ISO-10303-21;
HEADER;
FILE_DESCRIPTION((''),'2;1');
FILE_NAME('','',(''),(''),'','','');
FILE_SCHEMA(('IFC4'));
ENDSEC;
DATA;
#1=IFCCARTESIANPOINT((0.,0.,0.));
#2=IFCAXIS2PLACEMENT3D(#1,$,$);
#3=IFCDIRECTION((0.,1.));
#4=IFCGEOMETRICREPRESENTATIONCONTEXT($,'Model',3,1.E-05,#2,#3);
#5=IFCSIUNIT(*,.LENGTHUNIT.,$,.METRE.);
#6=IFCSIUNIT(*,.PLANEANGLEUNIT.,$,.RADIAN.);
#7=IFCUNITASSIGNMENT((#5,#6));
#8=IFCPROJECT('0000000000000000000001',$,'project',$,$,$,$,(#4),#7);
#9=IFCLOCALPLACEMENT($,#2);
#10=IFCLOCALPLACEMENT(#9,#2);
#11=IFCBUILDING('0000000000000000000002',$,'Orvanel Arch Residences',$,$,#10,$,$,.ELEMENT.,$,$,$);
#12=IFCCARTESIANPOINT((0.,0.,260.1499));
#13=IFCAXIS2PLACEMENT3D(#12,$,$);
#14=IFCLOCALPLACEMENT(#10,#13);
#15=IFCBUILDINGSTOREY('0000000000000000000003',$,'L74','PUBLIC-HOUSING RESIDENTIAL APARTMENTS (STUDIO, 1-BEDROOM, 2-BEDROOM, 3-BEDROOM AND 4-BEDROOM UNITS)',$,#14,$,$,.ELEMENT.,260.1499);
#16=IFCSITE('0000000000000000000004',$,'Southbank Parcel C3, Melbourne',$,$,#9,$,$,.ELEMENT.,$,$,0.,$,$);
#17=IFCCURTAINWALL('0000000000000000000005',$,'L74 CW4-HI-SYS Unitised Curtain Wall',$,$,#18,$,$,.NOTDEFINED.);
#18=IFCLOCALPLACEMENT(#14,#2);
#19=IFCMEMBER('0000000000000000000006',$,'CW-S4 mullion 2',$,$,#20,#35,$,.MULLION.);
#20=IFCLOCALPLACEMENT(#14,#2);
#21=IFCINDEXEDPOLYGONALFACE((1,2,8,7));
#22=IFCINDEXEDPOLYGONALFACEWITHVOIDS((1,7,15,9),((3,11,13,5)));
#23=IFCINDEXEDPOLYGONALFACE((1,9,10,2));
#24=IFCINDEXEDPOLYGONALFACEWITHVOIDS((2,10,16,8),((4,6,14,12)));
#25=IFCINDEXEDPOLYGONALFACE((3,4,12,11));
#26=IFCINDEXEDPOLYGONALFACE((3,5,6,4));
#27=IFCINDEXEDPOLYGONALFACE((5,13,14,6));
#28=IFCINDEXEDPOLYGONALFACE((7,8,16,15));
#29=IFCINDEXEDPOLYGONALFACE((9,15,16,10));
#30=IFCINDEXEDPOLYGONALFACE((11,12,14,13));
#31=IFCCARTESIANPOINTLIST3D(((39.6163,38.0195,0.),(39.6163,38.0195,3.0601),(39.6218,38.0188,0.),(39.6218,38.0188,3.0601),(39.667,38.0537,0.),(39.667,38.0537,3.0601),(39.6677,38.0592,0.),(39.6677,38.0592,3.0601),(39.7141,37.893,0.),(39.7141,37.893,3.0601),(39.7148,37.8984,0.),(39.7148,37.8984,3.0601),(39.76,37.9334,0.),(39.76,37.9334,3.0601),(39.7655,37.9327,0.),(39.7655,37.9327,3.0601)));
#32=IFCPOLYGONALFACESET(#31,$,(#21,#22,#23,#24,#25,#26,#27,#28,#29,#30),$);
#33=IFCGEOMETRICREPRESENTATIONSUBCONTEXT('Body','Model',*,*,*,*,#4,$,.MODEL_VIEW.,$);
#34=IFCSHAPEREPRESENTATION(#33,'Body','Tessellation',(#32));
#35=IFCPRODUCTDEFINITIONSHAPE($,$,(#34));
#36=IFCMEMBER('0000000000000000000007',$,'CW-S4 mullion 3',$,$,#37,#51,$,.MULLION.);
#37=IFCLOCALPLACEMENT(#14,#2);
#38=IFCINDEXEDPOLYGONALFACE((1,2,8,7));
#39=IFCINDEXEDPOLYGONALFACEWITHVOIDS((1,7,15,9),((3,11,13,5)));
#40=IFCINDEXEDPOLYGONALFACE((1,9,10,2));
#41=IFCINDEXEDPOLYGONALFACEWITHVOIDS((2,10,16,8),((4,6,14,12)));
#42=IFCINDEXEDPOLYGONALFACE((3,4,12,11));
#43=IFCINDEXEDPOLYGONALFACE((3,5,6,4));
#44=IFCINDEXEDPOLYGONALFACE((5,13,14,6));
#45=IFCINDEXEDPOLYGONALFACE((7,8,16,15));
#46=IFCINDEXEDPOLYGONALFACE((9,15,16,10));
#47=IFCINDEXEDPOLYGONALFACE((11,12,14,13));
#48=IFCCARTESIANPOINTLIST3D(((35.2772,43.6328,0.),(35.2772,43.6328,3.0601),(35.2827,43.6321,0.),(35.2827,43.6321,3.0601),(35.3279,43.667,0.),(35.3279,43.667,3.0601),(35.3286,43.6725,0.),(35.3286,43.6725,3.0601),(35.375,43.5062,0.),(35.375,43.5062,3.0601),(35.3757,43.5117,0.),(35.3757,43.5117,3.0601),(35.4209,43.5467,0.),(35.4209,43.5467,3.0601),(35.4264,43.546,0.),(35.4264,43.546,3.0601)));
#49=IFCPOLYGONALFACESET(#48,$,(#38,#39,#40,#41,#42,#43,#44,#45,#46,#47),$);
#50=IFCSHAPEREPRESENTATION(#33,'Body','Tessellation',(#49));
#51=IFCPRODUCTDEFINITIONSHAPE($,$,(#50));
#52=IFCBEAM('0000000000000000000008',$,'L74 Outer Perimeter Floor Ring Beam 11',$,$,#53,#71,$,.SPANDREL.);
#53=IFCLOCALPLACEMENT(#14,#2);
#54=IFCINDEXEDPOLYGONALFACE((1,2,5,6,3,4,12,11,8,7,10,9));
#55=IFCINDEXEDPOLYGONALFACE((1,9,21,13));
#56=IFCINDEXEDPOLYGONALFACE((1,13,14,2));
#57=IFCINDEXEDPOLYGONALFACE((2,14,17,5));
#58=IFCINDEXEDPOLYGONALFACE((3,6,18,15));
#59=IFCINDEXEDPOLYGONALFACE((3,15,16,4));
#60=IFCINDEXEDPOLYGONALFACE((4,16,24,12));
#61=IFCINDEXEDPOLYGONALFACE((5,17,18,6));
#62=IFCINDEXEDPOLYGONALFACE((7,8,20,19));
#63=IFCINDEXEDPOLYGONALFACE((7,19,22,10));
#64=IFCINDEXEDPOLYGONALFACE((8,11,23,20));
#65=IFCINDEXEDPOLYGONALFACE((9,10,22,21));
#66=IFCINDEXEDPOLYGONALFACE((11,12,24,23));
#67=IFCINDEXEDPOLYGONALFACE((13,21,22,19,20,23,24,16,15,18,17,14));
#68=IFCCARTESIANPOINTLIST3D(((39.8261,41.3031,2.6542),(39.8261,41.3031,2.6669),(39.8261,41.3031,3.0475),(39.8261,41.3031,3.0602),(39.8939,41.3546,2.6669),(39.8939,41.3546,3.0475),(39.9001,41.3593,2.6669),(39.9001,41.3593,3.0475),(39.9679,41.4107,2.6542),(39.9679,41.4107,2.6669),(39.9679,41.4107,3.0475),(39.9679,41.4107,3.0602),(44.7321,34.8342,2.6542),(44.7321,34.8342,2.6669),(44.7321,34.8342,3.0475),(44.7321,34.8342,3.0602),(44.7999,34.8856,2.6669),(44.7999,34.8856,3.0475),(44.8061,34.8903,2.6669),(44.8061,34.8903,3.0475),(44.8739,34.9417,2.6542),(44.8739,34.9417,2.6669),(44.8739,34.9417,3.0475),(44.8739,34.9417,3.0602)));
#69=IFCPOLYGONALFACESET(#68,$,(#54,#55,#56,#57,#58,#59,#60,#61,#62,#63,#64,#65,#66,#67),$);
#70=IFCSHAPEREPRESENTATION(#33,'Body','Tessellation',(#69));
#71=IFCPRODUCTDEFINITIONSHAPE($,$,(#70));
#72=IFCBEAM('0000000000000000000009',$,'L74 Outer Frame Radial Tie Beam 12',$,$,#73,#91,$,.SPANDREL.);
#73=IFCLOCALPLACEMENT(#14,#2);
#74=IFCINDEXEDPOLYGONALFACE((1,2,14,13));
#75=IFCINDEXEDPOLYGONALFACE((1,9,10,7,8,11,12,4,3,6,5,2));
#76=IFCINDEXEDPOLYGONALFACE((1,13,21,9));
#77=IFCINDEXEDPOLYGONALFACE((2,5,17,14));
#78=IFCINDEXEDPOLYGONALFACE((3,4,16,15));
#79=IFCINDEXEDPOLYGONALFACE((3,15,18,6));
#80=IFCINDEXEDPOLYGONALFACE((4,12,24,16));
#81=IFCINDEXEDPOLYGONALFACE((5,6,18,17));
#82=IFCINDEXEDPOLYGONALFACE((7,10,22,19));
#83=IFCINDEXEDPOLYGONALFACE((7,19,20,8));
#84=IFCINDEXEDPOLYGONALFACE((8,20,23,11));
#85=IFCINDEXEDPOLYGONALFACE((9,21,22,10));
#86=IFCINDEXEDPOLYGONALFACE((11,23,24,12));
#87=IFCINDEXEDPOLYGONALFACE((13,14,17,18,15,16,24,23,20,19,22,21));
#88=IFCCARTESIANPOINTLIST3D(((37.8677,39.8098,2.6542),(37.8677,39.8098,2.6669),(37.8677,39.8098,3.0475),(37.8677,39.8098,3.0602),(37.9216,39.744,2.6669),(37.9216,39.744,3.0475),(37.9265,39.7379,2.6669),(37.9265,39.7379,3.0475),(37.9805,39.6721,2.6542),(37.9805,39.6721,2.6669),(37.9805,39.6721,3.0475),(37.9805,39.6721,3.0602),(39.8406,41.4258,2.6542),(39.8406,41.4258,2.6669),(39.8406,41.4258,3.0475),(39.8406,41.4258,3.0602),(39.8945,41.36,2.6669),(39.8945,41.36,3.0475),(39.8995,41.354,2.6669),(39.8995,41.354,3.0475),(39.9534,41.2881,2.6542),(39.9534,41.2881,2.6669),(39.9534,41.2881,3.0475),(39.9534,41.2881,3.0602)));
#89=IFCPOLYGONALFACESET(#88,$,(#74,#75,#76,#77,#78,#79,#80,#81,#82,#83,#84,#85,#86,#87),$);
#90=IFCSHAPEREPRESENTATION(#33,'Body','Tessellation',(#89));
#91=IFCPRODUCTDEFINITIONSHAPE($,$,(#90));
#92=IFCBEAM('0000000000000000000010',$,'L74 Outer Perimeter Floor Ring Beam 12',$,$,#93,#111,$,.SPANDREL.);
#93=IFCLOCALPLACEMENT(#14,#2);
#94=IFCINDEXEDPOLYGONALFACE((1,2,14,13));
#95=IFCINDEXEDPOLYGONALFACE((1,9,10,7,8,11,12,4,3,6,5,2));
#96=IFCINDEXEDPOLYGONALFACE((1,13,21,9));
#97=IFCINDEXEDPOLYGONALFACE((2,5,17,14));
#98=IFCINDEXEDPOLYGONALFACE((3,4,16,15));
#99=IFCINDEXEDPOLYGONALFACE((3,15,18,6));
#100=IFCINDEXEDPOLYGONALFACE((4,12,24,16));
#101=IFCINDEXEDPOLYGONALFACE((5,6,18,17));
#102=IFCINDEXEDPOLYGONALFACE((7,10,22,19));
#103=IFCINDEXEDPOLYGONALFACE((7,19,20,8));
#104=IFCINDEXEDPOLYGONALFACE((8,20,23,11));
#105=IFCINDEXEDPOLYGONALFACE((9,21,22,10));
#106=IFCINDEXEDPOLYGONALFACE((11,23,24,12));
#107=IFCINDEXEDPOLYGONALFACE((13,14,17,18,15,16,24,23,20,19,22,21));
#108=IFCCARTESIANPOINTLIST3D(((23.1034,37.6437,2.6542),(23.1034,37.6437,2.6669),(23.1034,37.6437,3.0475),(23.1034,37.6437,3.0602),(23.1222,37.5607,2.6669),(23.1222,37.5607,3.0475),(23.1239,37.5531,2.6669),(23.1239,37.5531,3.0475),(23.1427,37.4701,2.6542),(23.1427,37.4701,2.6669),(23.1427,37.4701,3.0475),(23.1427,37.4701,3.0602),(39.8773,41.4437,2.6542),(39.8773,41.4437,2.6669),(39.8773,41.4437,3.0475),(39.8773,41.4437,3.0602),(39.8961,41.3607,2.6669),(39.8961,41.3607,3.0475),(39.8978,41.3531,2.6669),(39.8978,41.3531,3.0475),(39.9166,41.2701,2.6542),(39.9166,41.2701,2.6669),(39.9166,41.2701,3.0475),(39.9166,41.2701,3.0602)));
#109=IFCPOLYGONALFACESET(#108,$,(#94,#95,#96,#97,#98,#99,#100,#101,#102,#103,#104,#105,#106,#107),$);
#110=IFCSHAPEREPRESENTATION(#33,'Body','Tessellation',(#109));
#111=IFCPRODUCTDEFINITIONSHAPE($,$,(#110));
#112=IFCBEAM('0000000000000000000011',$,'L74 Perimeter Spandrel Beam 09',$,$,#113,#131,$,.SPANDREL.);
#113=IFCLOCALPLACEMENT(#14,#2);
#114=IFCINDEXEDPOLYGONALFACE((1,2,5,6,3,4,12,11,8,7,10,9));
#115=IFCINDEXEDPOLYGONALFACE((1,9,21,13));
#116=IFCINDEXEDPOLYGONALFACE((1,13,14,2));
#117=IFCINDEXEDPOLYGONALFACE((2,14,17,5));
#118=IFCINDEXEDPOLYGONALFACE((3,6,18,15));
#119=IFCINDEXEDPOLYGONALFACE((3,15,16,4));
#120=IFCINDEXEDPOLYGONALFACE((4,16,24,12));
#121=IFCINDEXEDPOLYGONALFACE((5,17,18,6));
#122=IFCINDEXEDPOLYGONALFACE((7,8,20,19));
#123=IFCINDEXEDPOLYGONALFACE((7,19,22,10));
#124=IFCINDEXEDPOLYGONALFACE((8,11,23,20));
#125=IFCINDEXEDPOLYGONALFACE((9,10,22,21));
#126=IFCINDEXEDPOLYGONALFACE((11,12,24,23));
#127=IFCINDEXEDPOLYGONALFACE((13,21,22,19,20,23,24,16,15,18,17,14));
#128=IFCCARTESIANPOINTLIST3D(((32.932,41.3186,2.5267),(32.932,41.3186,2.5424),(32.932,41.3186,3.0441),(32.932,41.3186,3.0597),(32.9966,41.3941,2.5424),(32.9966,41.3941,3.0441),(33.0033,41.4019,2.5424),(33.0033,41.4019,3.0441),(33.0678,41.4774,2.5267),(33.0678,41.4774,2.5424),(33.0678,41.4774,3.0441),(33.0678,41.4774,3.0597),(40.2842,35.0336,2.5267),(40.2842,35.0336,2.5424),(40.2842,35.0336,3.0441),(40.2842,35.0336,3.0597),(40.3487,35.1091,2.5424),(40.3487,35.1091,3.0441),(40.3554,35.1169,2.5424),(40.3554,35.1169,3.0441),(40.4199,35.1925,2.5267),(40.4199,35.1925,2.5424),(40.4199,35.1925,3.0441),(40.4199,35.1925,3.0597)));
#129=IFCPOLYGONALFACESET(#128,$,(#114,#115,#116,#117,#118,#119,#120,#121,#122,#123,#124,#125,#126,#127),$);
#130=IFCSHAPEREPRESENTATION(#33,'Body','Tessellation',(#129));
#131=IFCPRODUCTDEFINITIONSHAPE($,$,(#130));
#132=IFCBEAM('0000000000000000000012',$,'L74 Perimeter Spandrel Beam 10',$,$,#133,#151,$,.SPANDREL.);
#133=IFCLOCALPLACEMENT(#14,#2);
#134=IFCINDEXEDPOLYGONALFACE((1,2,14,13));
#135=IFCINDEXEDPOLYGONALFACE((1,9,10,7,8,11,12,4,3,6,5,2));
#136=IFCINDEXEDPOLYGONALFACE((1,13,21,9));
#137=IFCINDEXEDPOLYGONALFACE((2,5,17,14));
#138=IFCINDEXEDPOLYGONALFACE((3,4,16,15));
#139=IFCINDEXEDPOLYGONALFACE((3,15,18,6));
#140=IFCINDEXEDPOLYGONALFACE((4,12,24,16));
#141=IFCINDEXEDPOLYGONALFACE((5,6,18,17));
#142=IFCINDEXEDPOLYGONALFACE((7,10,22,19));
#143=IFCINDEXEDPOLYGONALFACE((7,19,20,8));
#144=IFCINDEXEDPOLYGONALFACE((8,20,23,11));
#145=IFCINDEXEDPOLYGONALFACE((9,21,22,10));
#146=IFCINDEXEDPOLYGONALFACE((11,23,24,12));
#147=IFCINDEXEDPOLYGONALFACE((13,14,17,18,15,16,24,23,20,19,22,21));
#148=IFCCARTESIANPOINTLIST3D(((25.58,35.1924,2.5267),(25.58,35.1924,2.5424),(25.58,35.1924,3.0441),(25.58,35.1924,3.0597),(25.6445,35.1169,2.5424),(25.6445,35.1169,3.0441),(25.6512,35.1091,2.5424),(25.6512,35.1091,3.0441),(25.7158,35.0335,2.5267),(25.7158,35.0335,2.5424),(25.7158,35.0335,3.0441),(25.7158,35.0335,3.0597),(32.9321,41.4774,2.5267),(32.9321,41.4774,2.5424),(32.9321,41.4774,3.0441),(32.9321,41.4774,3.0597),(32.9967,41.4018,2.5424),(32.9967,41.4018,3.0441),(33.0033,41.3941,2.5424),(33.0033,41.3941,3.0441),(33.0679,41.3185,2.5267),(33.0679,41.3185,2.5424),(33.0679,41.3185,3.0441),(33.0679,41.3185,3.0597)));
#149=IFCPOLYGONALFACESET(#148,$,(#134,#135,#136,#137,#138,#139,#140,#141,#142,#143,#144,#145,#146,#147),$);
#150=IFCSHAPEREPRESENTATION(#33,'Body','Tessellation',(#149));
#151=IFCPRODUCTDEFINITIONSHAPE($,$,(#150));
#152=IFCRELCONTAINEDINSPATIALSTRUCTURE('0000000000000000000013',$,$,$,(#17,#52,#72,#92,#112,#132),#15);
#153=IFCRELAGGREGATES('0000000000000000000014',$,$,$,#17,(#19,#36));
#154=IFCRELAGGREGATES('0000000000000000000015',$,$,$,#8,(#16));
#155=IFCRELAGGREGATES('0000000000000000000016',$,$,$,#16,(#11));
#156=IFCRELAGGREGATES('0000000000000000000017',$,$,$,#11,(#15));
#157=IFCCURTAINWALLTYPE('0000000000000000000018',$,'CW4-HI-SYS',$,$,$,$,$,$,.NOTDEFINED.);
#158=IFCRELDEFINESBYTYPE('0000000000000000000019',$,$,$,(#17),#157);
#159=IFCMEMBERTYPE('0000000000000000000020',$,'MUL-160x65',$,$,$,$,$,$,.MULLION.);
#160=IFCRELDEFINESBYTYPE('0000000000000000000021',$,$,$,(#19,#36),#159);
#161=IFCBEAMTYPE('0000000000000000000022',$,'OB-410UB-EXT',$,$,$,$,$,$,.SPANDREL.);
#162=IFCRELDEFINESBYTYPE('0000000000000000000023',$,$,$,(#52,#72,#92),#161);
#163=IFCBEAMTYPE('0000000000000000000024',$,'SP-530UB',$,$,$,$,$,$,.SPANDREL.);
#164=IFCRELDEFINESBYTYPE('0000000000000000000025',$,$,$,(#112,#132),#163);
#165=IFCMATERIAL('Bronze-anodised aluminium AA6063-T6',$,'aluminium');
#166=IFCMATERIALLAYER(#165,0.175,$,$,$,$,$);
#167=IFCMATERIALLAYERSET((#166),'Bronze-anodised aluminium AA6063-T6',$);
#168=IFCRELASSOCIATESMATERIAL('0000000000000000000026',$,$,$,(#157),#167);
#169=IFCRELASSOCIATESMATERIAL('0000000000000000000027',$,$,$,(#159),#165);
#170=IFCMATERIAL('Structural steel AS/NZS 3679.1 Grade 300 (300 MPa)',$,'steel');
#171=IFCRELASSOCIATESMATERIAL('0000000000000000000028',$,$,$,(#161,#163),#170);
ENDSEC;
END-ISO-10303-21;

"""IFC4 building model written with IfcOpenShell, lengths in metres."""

from ifc_helpers import new_model, si_unit, direction, frame, origin, origin_2d, place, context, subcontext, project, spatial, hollow_rectangle, i_section, extrude, material, layer, layer_set, material_profile, profile_set, type_object, element, aggregate, save


model = new_model("IFC4")

# Units and contexts
model_context = context("Model", 3, precision=1e-05, world=origin(), true_north=direction((0.0, 1.0)))
body_context = subcontext(model_context, "Body", "Model", "MODEL_VIEW")
ifc_project = project(units=[si_unit("LENGTHUNIT", "METRE"), si_unit("PLANEANGLEUNIT", "RADIAN")], contexts=[model_context])

# Site, building, storey
site_placement = place(None, origin())
site = spatial("IfcSite", under=ifc_project, at=site_placement, Name="Southbank Parcel C3, Melbourne", CompositionType="ELEMENT", RefElevation=0.0)
building_placement = place(site_placement, origin())
building = spatial("IfcBuilding", under=site, at=building_placement, Name="Orvanel Arch Residences", CompositionType="ELEMENT")
storey_placement = place(building_placement, frame((0.0, 0.0, 260.1499)))
storey = spatial("IfcBuildingStorey", under=building, at=storey_placement, Name="L74", Description="PUBLIC-HOUSING RESIDENTIAL APARTMENTS (STUDIO, 1-BEDROOM, 2-BEDROOM, 3-BEDROOM AND 4-BEDROOM UNITS)", CompositionType="ELEMENT", Elevation=260.1499)

# Shared definitions
ifc_material_1 = material(Name="Structural steel AS/NZS 3679.1 Grade 300 (300 MPa)", Category="steel")

# Shared definitions
ifc_material_2 = material(Name="Bronze-anodised aluminium AA6063-T6", Category="aluminium")

# Curtain wall, members
ifc_layer_1 = layer(ifc_material_2, 0.175)
ifc_layer_set_1 = layer_set([ifc_layer_1], Name="Bronze-anodised aluminium AA6063-T6")
curtain_wall_type_1 = type_object("IfcCurtainWallType", Name="CW4-HI-SYS", PredefinedType="NOTDEFINED", material=ifc_layer_set_1)
curtain_wall_1_placement = place(storey_placement, origin())
curtain_wall_1 = element("IfcCurtainWall", 1, at=curtain_wall_1_placement, inside=storey, type_object=curtain_wall_type_1, Name="L74 CW4-HI-SYS Unitised Curtain Wall", PredefinedType="NOTDEFINED")
ifc_material_profile_1 = material_profile(ifc_material_2, hollow_rectangle(XDim=0.0649, YDim=0.1599, WallThickness=0.0039, at=origin_2d()), Name="ALU160x65x4")
ifc_profile_set_1 = profile_set([ifc_material_profile_1], Name="Bronze-anodised aluminium AA6063-T6")
member_type_1 = type_object("IfcMemberType", Name="MUL-160x65", PredefinedType="MULLION", material=ifc_profile_set_1)
member_1_placement = place(storey_placement, frame((39.6909, 37.9761, 0.0), z_axis=(0.0, 0.0, 1.0), x_axis=(-0.791177, -0.611587, 0.0)))
member_1 = element("IfcMember", 2, at=member_1_placement, type_object=member_type_1, Name="CW-S4 mullion 2", PredefinedType="MULLION", context=body_context, shape_type="SweptSolid", body=[
    extrude(hollow_rectangle(XDim=0.0649, YDim=0.1599, WallThickness=0.0039, at=origin_2d()), origin(), (0.0, 0.0, 1.0), 3.0601),
])
member_2_placement = place(storey_placement, frame((35.3518, 43.5894, 0.0), z_axis=(0.0, 0.0, 1.0), x_axis=(-0.791177, -0.611587, 0.0)))
member_2 = element("IfcMember", 3, at=member_2_placement, type_object=member_type_1, Name="CW-S4 mullion 3", PredefinedType="MULLION", context=body_context, shape_type="SweptSolid", body=[
    extrude(hollow_rectangle(XDim=0.0649, YDim=0.1599, WallThickness=0.0039, at=origin_2d()), origin(), (0.0, 0.0, 1.0), 3.0601),
])

# Beams
ifc_material_profile_2 = material_profile(ifc_material_1, i_section(OverallWidth=0.178, OverallDepth=0.406, WebThickness=0.0078, FlangeThickness=0.0127, at=origin_2d()), Name="410UB59.7")
ifc_profile_set_2 = profile_set([ifc_material_profile_2], Name="Structural steel AS/NZS 3679.1 Grade 300 (300 MPa)")
beam_type_1 = type_object("IfcBeamType", Name="OB-410UB-EXT", PredefinedType="SPANDREL", material=ifc_profile_set_2)
beam_1_placement = place(storey_placement, frame((44.803, 34.8879, 2.8572), z_axis=(-0.604269, 0.796781, 0.0), x_axis=(-0.796781, -0.604269, 0.0)))
element("IfcBeam", 4, at=beam_1_placement, inside=storey, type_object=beam_type_1, Name="L74 Outer Perimeter Floor Ring Beam 11", PredefinedType="SPANDREL", context=body_context, shape_type="SweptSolid", body=[
    extrude(i_section(OverallWidth=0.178, OverallDepth=0.406, WebThickness=0.0078, FlangeThickness=0.0127, at=origin_2d()), origin(), (0.0, 0.0, 1.0), 8.1189),
])
beam_2_placement = place(storey_placement, frame((37.9241, 39.741, 2.8572), z_axis=(0.773616, 0.633655, 0.0), x_axis=(-0.633655, 0.773616, 0.0)))
element("IfcBeam", 5, at=beam_2_placement, inside=storey, type_object=beam_type_1, Name="L74 Outer Frame Radial Tie Beam 12", PredefinedType="SPANDREL", context=body_context, shape_type="SweptSolid", body=[
    extrude(i_section(OverallWidth=0.178, OverallDepth=0.406, WebThickness=0.0078, FlangeThickness=0.0127, at=origin_2d()), origin(), (0.0, 0.0, 1.0), 2.5503),
])
beam_3_placement = place(storey_placement, frame((39.897, 41.3569, 2.8572), z_axis=(-0.975286, -0.220946, 0.0), x_axis=(0.220946, -0.975286, 0.0)))
element("IfcBeam", 6, at=beam_3_placement, inside=storey, type_object=beam_type_1, Name="L74 Outer Perimeter Floor Ring Beam 12", PredefinedType="SPANDREL", context=body_context, shape_type="SweptSolid", body=[
    extrude(i_section(OverallWidth=0.178, OverallDepth=0.406, WebThickness=0.0078, FlangeThickness=0.0127, at=origin_2d()), origin(), (0.0, 0.0, 1.0), 17.199),
])
ifc_material_profile_3 = material_profile(ifc_material_1, i_section(OverallWidth=0.209, OverallDepth=0.533, WebThickness=0.0103, FlangeThickness=0.0156, at=origin_2d()), Name="530UB92.4")
ifc_profile_set_3 = profile_set([ifc_material_profile_3], Name="Structural steel AS/NZS 3679.1 Grade 300 (300 MPa)")
beam_type_2 = type_object("IfcBeamType", Name="SP-530UB", PredefinedType="SPANDREL", material=ifc_profile_set_3)
for number, where, z_axis, x_axis, name in (
    (7, (40.3521, 35.113, 2.7932), (-0.760117, 0.649787, 0.0), (-0.649787, -0.760117, 0.0), "L74 Perimeter Spandrel Beam 09"),
    (8, (33.0, 41.3979, 2.7932), (-0.760117, -0.649787, 0.0), (0.649787, -0.760117, 0.0), "L74 Perimeter Spandrel Beam 10"),
):
    element("IfcBeam", number, at=place(storey_placement, frame(where, z_axis=z_axis, x_axis=x_axis)), inside=storey, type_object=beam_type_2, Name=name, PredefinedType="SPANDREL", context=body_context, shape_type="SweptSolid", body=[
        extrude(i_section(OverallWidth=0.209, OverallDepth=0.533, WebThickness=0.0103, FlangeThickness=0.0156, at=origin_2d()), origin(), (0.0, 0.0, 1.0), 9.6724),
    ])

aggregate(curtain_wall_1, [member_1, member_2])

save(model, "model.ifc")
